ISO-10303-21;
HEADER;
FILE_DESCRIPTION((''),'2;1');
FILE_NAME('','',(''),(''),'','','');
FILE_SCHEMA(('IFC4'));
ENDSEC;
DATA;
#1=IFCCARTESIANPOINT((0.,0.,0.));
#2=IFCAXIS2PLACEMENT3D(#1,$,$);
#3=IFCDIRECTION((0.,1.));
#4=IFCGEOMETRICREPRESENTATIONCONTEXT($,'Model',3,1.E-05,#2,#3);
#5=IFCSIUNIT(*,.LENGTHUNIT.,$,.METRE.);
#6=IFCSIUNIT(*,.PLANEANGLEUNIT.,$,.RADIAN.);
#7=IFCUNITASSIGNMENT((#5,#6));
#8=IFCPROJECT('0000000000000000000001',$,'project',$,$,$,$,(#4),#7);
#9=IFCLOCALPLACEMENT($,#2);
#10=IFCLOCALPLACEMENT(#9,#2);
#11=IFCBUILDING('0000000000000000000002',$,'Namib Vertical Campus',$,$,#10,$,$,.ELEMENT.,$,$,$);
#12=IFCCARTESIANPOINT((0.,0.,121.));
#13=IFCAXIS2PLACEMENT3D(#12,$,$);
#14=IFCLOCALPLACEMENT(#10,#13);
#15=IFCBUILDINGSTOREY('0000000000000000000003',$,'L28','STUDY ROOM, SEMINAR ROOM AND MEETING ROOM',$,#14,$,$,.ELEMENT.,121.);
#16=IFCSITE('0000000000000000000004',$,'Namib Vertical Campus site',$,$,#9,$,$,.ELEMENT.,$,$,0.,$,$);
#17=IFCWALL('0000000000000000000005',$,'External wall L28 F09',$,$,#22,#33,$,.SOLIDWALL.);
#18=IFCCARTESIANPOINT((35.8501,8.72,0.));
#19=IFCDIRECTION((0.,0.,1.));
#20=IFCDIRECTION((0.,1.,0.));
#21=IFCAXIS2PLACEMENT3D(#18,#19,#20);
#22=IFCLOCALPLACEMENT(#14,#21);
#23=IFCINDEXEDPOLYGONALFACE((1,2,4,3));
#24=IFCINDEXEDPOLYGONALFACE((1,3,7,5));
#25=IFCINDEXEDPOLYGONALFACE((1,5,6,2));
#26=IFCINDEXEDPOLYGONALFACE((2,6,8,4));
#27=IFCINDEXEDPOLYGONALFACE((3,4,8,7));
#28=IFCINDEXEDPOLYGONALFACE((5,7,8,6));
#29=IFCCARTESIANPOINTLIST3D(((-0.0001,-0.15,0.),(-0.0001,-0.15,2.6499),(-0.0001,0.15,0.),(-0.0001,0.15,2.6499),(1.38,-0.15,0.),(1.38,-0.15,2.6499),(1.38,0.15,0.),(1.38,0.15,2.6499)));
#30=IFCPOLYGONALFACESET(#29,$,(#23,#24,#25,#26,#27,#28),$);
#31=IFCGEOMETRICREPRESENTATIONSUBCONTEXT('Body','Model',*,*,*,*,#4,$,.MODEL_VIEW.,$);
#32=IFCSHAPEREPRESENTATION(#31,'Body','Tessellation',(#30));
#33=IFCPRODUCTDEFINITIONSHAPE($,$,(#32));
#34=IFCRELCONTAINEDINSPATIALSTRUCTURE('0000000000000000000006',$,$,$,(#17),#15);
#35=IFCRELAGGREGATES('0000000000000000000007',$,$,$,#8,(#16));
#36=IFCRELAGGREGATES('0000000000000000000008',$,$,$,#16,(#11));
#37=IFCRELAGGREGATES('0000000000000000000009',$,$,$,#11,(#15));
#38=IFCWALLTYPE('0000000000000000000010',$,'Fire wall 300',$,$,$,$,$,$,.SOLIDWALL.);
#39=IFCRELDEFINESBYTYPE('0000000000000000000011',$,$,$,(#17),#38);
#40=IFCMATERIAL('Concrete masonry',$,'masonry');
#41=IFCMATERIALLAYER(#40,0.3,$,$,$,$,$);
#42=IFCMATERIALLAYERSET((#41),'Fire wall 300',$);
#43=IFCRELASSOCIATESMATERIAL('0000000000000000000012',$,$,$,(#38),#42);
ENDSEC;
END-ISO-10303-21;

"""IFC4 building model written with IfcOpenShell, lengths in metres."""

from ifc_helpers import new_model, si_unit, direction, frame, frame_2d, origin, place, context, subcontext, project, spatial, rectangle, extrude, material, layer, layer_set, type_object, element, save


model = new_model("IFC4")

# Units and contexts
model_context = context("Model", 3, precision=1e-05, world=origin(), true_north=direction((0.0, 1.0)))
body_context = subcontext(model_context, "Body", "Model", "MODEL_VIEW")
ifc_project = project(units=[si_unit("LENGTHUNIT", "METRE"), si_unit("PLANEANGLEUNIT", "RADIAN")], contexts=[model_context])

# Site, building, storey
site_placement = place(None, origin())
site = spatial("IfcSite", under=ifc_project, at=site_placement, Name="Namib Vertical Campus site", CompositionType="ELEMENT", RefElevation=0.0)
building_placement = place(site_placement, origin())
building = spatial("IfcBuilding", under=site, at=building_placement, Name="Namib Vertical Campus", CompositionType="ELEMENT")
storey_placement = place(building_placement, frame((0.0, 0.0, 121.0)))
storey = spatial("IfcBuildingStorey", under=building, at=storey_placement, Name="L28", Description="STUDY ROOM, SEMINAR ROOM AND MEETING ROOM", CompositionType="ELEMENT", Elevation=121.0)

# Wall
ifc_material_1 = material(Name="Concrete masonry", Category="masonry")
ifc_layer_1 = layer(ifc_material_1, 0.3)
ifc_layer_set_1 = layer_set([ifc_layer_1], Name="Fire wall 300")
wall_type_1 = type_object("IfcWallType", Name="Fire wall 300", PredefinedType="SOLIDWALL", material=ifc_layer_set_1)
wall_1_placement = place(storey_placement, frame((35.8501, 8.72, 0.0), z_axis=(0.0, 0.0, 1.0), x_axis=(0.0, 1.0, 0.0)))
element("IfcWall", 1, at=wall_1_placement, inside=storey, type_object=wall_type_1, Name="External wall L28 F09", PredefinedType="SOLIDWALL", context=body_context, shape_type="SweptSolid", body=[
    extrude(rectangle(XDim=1.3801, YDim=0.3, at=frame_2d((0.6899, 0.0))), origin(), (0.0, 0.0, 1.0), 2.6499),
])

save(model, "model.ifc")
